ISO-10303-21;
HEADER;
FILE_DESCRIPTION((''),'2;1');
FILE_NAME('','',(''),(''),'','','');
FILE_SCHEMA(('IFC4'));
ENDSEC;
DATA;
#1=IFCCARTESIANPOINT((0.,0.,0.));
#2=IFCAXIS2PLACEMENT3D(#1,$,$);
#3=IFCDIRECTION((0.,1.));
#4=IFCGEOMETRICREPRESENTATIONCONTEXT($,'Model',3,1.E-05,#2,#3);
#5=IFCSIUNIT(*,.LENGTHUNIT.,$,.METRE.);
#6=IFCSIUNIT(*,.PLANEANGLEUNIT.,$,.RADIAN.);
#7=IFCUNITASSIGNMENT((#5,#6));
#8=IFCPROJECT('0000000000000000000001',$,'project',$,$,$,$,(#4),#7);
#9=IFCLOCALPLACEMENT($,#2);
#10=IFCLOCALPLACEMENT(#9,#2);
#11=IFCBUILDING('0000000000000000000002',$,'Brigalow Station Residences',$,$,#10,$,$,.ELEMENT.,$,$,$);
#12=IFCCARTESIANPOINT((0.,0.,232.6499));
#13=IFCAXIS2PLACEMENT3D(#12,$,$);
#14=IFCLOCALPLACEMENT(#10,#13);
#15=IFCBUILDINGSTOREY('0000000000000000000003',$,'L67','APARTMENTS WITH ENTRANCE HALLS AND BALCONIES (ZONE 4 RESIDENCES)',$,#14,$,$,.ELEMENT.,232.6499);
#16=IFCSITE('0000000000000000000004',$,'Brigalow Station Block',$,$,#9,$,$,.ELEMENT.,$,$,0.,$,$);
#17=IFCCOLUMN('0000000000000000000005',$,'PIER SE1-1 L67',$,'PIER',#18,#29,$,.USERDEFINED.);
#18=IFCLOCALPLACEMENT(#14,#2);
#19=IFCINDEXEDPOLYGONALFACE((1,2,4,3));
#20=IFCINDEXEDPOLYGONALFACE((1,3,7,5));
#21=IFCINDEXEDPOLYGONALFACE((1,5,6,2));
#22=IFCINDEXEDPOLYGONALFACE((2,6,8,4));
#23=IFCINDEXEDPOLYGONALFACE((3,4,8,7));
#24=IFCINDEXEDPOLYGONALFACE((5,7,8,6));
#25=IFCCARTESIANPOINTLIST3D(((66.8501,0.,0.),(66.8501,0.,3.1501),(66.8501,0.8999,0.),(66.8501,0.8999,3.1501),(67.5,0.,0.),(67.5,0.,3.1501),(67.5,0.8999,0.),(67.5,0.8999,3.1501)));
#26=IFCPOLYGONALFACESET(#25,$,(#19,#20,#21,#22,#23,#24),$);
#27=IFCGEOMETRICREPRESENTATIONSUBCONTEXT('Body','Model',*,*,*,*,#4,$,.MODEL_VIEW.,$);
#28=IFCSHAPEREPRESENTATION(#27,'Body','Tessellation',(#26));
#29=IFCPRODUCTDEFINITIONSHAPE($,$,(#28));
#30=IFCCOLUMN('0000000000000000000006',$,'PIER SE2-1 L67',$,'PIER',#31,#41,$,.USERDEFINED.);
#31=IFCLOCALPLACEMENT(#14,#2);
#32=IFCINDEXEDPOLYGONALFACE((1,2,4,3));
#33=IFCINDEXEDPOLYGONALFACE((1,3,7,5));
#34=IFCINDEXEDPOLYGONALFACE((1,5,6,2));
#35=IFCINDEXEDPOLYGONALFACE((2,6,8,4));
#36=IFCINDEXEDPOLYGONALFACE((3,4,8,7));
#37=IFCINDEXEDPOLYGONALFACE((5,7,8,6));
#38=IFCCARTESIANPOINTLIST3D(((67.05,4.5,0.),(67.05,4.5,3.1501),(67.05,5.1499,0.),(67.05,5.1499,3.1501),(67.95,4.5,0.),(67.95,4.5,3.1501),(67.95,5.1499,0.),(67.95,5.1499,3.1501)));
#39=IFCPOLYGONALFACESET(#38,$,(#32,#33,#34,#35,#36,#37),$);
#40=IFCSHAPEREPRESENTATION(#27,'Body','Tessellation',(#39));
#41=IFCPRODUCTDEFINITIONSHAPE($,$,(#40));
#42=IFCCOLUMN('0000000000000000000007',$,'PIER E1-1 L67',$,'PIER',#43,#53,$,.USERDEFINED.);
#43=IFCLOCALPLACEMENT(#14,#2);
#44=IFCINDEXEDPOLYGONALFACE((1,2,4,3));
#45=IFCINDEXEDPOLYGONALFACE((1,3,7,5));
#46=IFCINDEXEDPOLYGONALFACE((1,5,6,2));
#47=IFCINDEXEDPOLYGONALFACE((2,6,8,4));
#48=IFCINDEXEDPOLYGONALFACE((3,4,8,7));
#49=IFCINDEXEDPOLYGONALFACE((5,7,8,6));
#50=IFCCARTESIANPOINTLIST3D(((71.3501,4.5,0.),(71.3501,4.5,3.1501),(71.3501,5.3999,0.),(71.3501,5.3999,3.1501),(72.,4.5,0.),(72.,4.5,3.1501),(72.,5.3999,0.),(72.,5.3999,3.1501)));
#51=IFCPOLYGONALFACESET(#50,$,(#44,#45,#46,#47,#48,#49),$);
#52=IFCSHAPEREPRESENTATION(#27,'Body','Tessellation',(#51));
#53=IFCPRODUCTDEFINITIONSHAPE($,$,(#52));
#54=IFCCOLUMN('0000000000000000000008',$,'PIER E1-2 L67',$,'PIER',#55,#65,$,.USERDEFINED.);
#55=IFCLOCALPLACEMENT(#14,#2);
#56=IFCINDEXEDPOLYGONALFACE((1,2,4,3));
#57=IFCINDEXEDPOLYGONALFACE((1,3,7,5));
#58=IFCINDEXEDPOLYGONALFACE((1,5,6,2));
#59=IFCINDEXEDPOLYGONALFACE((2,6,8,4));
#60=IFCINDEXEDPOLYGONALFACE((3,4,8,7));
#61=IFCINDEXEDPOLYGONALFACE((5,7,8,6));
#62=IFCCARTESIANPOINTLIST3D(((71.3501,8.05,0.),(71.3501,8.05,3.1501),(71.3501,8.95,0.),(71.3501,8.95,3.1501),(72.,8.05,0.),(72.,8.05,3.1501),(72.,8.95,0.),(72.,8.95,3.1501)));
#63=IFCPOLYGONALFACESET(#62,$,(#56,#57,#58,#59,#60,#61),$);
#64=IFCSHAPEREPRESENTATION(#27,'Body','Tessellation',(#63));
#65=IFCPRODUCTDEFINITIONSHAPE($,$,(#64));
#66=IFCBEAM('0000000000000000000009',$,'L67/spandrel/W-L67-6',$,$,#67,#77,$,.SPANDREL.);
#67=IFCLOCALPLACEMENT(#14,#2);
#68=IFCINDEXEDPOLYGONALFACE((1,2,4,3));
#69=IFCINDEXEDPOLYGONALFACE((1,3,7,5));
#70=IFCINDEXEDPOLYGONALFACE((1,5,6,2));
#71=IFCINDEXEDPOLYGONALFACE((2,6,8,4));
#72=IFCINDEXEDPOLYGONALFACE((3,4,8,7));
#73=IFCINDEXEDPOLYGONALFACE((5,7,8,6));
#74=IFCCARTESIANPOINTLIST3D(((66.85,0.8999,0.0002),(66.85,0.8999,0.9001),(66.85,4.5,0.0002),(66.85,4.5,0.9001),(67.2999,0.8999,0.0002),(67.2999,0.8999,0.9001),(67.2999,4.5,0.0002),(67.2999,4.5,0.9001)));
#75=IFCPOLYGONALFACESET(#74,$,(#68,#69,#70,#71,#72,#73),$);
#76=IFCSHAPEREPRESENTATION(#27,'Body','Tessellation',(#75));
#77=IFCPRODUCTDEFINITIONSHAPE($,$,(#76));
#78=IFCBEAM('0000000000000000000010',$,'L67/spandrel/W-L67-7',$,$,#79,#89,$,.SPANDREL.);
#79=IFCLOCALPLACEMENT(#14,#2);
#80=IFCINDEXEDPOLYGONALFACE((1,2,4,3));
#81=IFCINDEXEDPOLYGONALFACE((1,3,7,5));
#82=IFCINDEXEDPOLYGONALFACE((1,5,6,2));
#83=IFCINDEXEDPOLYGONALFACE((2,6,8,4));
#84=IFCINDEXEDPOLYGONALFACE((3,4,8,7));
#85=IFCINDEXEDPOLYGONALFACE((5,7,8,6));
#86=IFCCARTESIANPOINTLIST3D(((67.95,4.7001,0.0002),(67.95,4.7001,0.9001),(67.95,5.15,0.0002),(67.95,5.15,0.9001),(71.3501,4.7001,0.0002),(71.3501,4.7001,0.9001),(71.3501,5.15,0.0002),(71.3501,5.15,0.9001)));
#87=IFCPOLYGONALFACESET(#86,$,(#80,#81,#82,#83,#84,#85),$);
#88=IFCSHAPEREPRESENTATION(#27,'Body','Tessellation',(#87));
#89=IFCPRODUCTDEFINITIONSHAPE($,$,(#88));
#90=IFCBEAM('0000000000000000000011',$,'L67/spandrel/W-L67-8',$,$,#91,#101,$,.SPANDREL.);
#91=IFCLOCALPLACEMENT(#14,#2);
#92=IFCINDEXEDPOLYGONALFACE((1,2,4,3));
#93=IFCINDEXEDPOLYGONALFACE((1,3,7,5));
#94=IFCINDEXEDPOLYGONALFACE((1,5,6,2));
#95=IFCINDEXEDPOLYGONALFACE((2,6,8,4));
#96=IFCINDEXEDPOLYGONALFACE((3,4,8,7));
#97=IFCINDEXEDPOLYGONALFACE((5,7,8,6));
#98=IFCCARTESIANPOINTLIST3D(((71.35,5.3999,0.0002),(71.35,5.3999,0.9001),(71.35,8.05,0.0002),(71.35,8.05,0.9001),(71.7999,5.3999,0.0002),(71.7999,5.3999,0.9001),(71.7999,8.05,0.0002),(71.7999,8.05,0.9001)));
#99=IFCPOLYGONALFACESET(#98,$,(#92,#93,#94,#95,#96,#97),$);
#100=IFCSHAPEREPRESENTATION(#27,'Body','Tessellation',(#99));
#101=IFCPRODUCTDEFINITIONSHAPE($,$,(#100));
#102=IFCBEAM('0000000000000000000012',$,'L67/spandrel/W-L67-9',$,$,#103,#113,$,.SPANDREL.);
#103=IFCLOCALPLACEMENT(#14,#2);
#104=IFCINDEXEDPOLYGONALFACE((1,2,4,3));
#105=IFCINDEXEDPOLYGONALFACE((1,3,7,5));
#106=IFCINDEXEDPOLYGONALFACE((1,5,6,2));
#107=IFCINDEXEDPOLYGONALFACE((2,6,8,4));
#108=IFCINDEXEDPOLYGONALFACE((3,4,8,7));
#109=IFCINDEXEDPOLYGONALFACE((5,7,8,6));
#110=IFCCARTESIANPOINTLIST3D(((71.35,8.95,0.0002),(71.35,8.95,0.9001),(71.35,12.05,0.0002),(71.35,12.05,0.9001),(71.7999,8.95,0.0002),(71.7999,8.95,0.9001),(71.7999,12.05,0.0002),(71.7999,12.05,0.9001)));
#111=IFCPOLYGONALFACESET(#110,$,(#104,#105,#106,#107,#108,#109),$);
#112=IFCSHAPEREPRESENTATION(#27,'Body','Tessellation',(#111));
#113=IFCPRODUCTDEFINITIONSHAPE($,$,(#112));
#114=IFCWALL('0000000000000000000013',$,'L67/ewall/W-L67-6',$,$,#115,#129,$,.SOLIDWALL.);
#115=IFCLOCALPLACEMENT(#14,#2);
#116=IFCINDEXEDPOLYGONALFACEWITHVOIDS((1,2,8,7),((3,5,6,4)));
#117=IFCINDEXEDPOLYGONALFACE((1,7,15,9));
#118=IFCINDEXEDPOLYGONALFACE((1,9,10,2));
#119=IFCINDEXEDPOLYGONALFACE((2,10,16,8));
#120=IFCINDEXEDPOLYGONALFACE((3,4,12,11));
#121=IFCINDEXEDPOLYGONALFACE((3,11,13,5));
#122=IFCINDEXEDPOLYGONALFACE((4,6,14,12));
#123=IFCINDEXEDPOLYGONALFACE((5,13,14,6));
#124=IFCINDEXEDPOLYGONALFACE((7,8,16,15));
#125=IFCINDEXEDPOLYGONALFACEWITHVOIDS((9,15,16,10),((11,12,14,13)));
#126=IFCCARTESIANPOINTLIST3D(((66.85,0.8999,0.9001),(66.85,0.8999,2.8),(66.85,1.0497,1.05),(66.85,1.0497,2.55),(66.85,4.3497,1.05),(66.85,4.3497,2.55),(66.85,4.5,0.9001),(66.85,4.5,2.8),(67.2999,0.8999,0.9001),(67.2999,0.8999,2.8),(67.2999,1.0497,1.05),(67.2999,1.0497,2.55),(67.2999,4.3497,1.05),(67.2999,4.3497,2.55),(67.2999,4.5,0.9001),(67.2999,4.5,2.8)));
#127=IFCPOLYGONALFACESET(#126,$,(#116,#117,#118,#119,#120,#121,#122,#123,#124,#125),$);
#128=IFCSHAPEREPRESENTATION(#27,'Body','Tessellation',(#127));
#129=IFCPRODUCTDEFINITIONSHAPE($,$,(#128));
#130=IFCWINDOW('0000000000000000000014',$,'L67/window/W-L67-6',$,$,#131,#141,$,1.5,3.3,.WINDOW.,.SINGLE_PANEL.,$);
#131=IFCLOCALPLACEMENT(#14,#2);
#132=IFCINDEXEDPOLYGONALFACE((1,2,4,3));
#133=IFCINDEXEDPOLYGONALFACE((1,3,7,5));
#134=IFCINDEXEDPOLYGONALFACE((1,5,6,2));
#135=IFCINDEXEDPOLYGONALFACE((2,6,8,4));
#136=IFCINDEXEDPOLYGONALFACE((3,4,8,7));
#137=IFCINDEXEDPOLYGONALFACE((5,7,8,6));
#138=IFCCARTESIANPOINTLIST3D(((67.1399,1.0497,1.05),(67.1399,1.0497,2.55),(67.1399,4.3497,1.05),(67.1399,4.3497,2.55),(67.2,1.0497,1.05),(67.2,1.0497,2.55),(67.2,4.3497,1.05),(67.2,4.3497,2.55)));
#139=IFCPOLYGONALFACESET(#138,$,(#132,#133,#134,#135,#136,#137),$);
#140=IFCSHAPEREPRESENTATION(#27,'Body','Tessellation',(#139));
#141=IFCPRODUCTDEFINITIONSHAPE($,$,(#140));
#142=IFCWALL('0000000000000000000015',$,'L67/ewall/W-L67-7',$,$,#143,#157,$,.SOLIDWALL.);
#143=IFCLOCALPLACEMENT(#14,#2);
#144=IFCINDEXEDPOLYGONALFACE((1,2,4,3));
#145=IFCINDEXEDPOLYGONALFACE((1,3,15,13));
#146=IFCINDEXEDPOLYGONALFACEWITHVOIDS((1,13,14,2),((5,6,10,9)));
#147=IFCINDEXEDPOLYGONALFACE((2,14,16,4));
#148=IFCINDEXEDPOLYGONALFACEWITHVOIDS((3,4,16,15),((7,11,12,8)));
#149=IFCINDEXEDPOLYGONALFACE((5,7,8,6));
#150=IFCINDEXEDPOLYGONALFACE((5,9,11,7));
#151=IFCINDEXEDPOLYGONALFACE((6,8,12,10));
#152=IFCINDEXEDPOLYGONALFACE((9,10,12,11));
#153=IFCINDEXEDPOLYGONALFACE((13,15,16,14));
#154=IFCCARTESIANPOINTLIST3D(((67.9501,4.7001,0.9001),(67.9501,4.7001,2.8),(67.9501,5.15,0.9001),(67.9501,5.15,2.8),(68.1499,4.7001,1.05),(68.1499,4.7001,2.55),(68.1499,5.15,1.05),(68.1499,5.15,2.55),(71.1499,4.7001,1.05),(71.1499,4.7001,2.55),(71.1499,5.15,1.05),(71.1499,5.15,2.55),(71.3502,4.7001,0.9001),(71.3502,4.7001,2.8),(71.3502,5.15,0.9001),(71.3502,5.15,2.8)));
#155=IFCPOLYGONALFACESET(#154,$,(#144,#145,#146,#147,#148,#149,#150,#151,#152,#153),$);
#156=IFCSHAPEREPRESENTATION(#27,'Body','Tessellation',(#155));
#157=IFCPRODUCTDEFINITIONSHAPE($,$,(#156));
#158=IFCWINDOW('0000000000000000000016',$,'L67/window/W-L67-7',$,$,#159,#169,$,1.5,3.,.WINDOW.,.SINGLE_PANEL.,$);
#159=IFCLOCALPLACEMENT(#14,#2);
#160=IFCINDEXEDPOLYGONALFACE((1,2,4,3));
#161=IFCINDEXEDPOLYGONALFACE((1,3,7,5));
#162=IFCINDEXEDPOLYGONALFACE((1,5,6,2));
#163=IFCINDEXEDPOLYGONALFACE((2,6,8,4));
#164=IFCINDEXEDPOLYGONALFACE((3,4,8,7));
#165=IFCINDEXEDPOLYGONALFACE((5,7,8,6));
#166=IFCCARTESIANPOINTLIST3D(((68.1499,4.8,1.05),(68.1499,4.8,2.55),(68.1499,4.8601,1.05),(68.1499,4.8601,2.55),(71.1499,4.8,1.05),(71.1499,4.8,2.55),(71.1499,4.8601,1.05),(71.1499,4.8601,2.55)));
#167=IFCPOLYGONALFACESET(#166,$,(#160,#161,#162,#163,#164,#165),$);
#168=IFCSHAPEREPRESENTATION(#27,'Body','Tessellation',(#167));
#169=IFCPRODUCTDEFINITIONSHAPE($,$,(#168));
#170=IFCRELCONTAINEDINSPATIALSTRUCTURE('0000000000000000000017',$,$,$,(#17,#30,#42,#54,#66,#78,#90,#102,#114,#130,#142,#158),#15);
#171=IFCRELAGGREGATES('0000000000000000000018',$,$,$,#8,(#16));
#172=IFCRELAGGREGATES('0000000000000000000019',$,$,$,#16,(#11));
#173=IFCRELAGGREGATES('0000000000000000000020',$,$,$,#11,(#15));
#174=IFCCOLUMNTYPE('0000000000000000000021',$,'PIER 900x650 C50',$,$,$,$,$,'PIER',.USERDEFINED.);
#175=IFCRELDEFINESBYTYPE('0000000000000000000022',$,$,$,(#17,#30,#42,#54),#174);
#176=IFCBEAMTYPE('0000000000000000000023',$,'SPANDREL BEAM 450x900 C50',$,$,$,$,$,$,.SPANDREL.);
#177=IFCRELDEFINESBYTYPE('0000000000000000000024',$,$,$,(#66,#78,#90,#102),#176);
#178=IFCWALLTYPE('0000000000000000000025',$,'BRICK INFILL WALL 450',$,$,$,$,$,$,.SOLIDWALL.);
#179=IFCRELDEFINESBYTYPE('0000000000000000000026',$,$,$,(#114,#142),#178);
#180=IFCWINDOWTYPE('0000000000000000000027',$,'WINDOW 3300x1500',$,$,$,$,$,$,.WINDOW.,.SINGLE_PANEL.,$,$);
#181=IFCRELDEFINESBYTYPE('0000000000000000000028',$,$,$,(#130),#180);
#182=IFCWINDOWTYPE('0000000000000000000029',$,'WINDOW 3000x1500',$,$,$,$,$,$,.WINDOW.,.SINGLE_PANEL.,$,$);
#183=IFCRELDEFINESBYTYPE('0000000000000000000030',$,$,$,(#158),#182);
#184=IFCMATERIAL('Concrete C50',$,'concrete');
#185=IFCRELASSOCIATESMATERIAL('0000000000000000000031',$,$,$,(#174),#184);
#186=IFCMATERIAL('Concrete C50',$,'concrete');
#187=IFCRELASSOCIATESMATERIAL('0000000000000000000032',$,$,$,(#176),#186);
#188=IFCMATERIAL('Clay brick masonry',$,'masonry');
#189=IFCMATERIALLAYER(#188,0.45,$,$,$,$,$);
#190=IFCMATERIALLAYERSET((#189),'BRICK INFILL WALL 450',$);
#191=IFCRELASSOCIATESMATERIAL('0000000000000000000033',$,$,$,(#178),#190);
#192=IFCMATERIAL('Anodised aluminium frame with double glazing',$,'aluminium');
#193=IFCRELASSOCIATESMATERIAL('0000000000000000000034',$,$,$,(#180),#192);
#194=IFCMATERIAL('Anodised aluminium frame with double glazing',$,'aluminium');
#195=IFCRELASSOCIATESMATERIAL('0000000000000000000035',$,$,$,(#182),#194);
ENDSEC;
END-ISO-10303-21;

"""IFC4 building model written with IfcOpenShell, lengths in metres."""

from ifc_helpers import new_model, si_unit, direction, frame, frame_2d, origin, origin_2d, place, context, subcontext, project, spatial, rectangle, extrude, material, layer, layer_set, material_profile, profile_set, type_object, element, fill, save


model = new_model("IFC4")

# Units and contexts
model_context = context("Model", 3, precision=1e-05, world=origin(), true_north=direction((0.0, 1.0)))
body_context = subcontext(model_context, "Body", "Model", "MODEL_VIEW")
ifc_project = project(units=[si_unit("LENGTHUNIT", "METRE"), si_unit("PLANEANGLEUNIT", "RADIAN")], contexts=[model_context])

# Site, building, storey
site_placement = place(None, origin())
site = spatial("IfcSite", under=ifc_project, at=site_placement, Name="Brigalow Station Block", CompositionType="ELEMENT", RefElevation=0.0)
building_placement = place(site_placement, origin())
building = spatial("IfcBuilding", under=site, at=building_placement, Name="Brigalow Station Residences", CompositionType="ELEMENT")
storey_placement = place(building_placement, frame((0.0, 0.0, 232.6499)))
storey = spatial("IfcBuildingStorey", under=building, at=storey_placement, Name="L67", Description="APARTMENTS WITH ENTRANCE HALLS AND BALCONIES (ZONE 4 RESIDENCES)", CompositionType="ELEMENT", Elevation=232.6499)

# Columns
ifc_material_1 = material(Name="Concrete C50", Category="concrete")
ifc_material_profile_1 = material_profile(ifc_material_1, rectangle(XDim=0.8999, YDim=0.6499, at=origin_2d()), Name="RC900x650")
ifc_profile_set_1 = profile_set([ifc_material_profile_1], Name="Concrete C50")
column_type = type_object("IfcColumnType", Name="PIER 900x650 C50", ElementType="PIER", PredefinedType="USERDEFINED", material=ifc_profile_set_1)
for number, where, z_axis, x_axis, name in (
    (1, (67.175, 0.45, 0.0), (0.0, 0.0, 1.0), (0.0, 1.0, 0.0), "PIER SE1-1 L67"),
    (2, (67.5, 4.825, 0.0), (0.0, 0.0, 1.0), (1.0, 0.0, 0.0), "PIER SE2-1 L67"),
    (3, (71.675, 4.95, 0.0), (0.0, 0.0, 1.0), (0.0, 1.0, 0.0), "PIER E1-1 L67"),
    (4, (71.675, 8.5, 0.0), (0.0, 0.0, 1.0), (0.0, 1.0, 0.0), "PIER E1-2 L67"),
):
    element("IfcColumn", number, at=place(storey_placement, frame(where, z_axis=z_axis, x_axis=x_axis)), inside=storey, type_object=column_type, Name=name, ObjectType="PIER", PredefinedType="USERDEFINED", context=body_context, shape_type="SweptSolid", body=[
        extrude(rectangle(XDim=0.8999, YDim=0.6499, at=origin_2d()), origin(), (0.0, 0.0, 1.0), 3.1501),
    ])

# Beams
ifc_material_2 = material(Name="Concrete C50", Category="concrete")
ifc_material_profile_2 = material_profile(ifc_material_2, rectangle(XDim=0.45, YDim=0.8999, at=origin_2d()), Name="RC450x900")
ifc_profile_set_2 = profile_set([ifc_material_profile_2], Name="Concrete C50")
beam_type = type_object("IfcBeamType", Name="SPANDREL BEAM 450x900 C50", PredefinedType="SPANDREL", material=ifc_profile_set_2)
beam_1_placement = place(storey_placement, frame((67.075, 0.8999, 0.4502), z_axis=(0.0, 1.0, 0.0), x_axis=(-1.0, 0.0, 0.0)))
element("IfcBeam", 5, at=beam_1_placement, inside=storey, type_object=beam_type, Name="L67/spandrel/W-L67-6", PredefinedType="SPANDREL", context=body_context, shape_type="SweptSolid", body=[
    extrude(rectangle(XDim=0.45, YDim=0.8999, at=origin_2d()), origin(), (0.0, 0.0, 1.0), 3.6001),
])
beam_2_placement = place(storey_placement, frame((67.95, 4.925, 0.4502), z_axis=(1.0, 0.0, 0.0), x_axis=(0.0, 1.0, 0.0)))
element("IfcBeam", 6, at=beam_2_placement, inside=storey, type_object=beam_type, Name="L67/spandrel/W-L67-7", PredefinedType="SPANDREL", context=body_context, shape_type="SweptSolid", body=[
    extrude(rectangle(XDim=0.45, YDim=0.8999, at=origin_2d()), origin(), (0.0, 0.0, 1.0), 3.4001),
])
beam_3_placement = place(storey_placement, frame((71.575, 5.3999, 0.4502), z_axis=(0.0, 1.0, 0.0), x_axis=(-1.0, 0.0, 0.0)))
element("IfcBeam", 7, at=beam_3_placement, inside=storey, type_object=beam_type, Name="L67/spandrel/W-L67-8", PredefinedType="SPANDREL", context=body_context, shape_type="SweptSolid", body=[
    extrude(rectangle(XDim=0.45, YDim=0.8999, at=origin_2d()), origin(), (0.0, 0.0, 1.0), 2.6501),
])
beam_4_placement = place(storey_placement, frame((71.575, 8.95, 0.4502), z_axis=(0.0, 1.0, 0.0), x_axis=(-1.0, 0.0, 0.0)))
element("IfcBeam", 8, at=beam_4_placement, inside=storey, type_object=beam_type, Name="L67/spandrel/W-L67-9", PredefinedType="SPANDREL", context=body_context, shape_type="SweptSolid", body=[
    extrude(rectangle(XDim=0.45, YDim=0.8999, at=origin_2d()), origin(), (0.0, 0.0, 1.0), 3.1001),
])

# Walls, openings, windows
ifc_material_3 = material(Name="Clay brick masonry", Category="masonry")
ifc_layer = layer(ifc_material_3, 0.45)
ifc_layer_set = layer_set([ifc_layer], Name="BRICK INFILL WALL 450")
wall_type = type_object("IfcWallType", Name="BRICK INFILL WALL 450", PredefinedType="SOLIDWALL", material=ifc_layer_set)
wall_1_placement = place(storey_placement, frame((67.075, 0.8999, 0.9001), z_axis=(0.0, 0.0, 1.0), x_axis=(0.0, 1.0, 0.0)))
wall_1 = element("IfcWall", 9, at=wall_1_placement, inside=storey, type_object=wall_type, Name="L67/ewall/W-L67-6", PredefinedType="SOLIDWALL", context=body_context, shape_type="SweptSolid", body=[
    extrude(rectangle(XDim=3.6001, YDim=0.45, at=frame_2d((1.8, 0.0))), origin(), (0.0, 0.0, 1.0), 1.8999),
])
opening_1_placement = place(wall_1_placement, frame((0.1499, 0.0, 0.1499)))
opening_1 = element("IfcOpeningElement", 10, at=opening_1_placement, cuts=wall_1, PredefinedType="OPENING", context=body_context, shape_type="SweptSolid", body=[
    extrude(rectangle(XDim=3.3, YDim=1.5, at=frame_2d((1.6499, 0.75))), frame((0.0, 0.2349, 0.0), z_axis=(0.0, -1.0, 0.0), x_axis=(1.0, 0.0, 0.0)), (0.0, 0.0, 1.0), 0.47),
])
ifc_material_4 = material(Name="Anodised aluminium frame with double glazing", Category="aluminium")
window_type_1 = type_object("IfcWindowType", Name="WINDOW 3300x1500", PartitioningType="SINGLE_PANEL", PredefinedType="WINDOW", material=ifc_material_4)
window_1_placement = place(opening_1_placement, origin())
window_1 = element("IfcWindow", 11, at=window_1_placement, inside=storey, type_object=window_type_1, Name="L67/window/W-L67-6", OverallHeight=1.5, OverallWidth=3.3, PartitioningType="SINGLE_PANEL", PredefinedType="WINDOW", context=body_context, shape_type="SweptSolid", body=[
    extrude(rectangle(XDim=3.3, YDim=1.5, at=frame_2d((1.6499, 0.75))), frame((0.0, -0.0649, 0.0), z_axis=(0.0, -1.0, 0.0), x_axis=(1.0, 0.0, 0.0)), (0.0, 0.0, 1.0), 0.0601),
])
fill(opening_1, window_1)
wall_2_placement = place(storey_placement, frame((67.95, 4.925, 0.9001), z_axis=(0.0, 0.0, 1.0), x_axis=(1.0, 0.0, 0.0)))
wall_2 = element("IfcWall", 12, at=wall_2_placement, inside=storey, type_object=wall_type, Name="L67/ewall/W-L67-7", PredefinedType="SOLIDWALL", context=body_context, shape_type="SweptSolid", body=[
    extrude(rectangle(XDim=3.4001, YDim=0.45, at=frame_2d((1.7002, 0.0))), origin(), (0.0, 0.0, 1.0), 1.8999),
])
opening_2_placement = place(wall_2_placement, frame((0.2, 0.0, 0.1499)))
opening_2 = element("IfcOpeningElement", 13, at=opening_2_placement, cuts=wall_2, PredefinedType="OPENING", context=body_context, shape_type="SweptSolid", body=[
    extrude(rectangle(XDim=3.0, YDim=1.5, at=frame_2d((1.5, 0.75))), frame((0.0, 0.2349, 0.0), z_axis=(0.0, -1.0, 0.0), x_axis=(1.0, 0.0, 0.0)), (0.0, 0.0, 1.0), 0.47),
])
ifc_material_5 = material(Name="Anodised aluminium frame with double glazing", Category="aluminium")
window_type_2 = type_object("IfcWindowType", Name="WINDOW 3000x1500", PartitioningType="SINGLE_PANEL", PredefinedType="WINDOW", material=ifc_material_5)
window_2_placement = place(opening_2_placement, origin())
window_2 = element("IfcWindow", 14, at=window_2_placement, inside=storey, type_object=window_type_2, Name="L67/window/W-L67-7", OverallHeight=1.5, OverallWidth=3.0, PartitioningType="SINGLE_PANEL", PredefinedType="WINDOW", context=body_context, shape_type="SweptSolid", body=[
    extrude(rectangle(XDim=3.0, YDim=1.5, at=frame_2d((1.5, 0.75))), frame((0.0, -0.0649, 0.0), z_axis=(0.0, -1.0, 0.0), x_axis=(1.0, 0.0, 0.0)), (0.0, 0.0, 1.0), 0.0601),
])
fill(opening_2, window_2)

save(model, "model.ifc")
